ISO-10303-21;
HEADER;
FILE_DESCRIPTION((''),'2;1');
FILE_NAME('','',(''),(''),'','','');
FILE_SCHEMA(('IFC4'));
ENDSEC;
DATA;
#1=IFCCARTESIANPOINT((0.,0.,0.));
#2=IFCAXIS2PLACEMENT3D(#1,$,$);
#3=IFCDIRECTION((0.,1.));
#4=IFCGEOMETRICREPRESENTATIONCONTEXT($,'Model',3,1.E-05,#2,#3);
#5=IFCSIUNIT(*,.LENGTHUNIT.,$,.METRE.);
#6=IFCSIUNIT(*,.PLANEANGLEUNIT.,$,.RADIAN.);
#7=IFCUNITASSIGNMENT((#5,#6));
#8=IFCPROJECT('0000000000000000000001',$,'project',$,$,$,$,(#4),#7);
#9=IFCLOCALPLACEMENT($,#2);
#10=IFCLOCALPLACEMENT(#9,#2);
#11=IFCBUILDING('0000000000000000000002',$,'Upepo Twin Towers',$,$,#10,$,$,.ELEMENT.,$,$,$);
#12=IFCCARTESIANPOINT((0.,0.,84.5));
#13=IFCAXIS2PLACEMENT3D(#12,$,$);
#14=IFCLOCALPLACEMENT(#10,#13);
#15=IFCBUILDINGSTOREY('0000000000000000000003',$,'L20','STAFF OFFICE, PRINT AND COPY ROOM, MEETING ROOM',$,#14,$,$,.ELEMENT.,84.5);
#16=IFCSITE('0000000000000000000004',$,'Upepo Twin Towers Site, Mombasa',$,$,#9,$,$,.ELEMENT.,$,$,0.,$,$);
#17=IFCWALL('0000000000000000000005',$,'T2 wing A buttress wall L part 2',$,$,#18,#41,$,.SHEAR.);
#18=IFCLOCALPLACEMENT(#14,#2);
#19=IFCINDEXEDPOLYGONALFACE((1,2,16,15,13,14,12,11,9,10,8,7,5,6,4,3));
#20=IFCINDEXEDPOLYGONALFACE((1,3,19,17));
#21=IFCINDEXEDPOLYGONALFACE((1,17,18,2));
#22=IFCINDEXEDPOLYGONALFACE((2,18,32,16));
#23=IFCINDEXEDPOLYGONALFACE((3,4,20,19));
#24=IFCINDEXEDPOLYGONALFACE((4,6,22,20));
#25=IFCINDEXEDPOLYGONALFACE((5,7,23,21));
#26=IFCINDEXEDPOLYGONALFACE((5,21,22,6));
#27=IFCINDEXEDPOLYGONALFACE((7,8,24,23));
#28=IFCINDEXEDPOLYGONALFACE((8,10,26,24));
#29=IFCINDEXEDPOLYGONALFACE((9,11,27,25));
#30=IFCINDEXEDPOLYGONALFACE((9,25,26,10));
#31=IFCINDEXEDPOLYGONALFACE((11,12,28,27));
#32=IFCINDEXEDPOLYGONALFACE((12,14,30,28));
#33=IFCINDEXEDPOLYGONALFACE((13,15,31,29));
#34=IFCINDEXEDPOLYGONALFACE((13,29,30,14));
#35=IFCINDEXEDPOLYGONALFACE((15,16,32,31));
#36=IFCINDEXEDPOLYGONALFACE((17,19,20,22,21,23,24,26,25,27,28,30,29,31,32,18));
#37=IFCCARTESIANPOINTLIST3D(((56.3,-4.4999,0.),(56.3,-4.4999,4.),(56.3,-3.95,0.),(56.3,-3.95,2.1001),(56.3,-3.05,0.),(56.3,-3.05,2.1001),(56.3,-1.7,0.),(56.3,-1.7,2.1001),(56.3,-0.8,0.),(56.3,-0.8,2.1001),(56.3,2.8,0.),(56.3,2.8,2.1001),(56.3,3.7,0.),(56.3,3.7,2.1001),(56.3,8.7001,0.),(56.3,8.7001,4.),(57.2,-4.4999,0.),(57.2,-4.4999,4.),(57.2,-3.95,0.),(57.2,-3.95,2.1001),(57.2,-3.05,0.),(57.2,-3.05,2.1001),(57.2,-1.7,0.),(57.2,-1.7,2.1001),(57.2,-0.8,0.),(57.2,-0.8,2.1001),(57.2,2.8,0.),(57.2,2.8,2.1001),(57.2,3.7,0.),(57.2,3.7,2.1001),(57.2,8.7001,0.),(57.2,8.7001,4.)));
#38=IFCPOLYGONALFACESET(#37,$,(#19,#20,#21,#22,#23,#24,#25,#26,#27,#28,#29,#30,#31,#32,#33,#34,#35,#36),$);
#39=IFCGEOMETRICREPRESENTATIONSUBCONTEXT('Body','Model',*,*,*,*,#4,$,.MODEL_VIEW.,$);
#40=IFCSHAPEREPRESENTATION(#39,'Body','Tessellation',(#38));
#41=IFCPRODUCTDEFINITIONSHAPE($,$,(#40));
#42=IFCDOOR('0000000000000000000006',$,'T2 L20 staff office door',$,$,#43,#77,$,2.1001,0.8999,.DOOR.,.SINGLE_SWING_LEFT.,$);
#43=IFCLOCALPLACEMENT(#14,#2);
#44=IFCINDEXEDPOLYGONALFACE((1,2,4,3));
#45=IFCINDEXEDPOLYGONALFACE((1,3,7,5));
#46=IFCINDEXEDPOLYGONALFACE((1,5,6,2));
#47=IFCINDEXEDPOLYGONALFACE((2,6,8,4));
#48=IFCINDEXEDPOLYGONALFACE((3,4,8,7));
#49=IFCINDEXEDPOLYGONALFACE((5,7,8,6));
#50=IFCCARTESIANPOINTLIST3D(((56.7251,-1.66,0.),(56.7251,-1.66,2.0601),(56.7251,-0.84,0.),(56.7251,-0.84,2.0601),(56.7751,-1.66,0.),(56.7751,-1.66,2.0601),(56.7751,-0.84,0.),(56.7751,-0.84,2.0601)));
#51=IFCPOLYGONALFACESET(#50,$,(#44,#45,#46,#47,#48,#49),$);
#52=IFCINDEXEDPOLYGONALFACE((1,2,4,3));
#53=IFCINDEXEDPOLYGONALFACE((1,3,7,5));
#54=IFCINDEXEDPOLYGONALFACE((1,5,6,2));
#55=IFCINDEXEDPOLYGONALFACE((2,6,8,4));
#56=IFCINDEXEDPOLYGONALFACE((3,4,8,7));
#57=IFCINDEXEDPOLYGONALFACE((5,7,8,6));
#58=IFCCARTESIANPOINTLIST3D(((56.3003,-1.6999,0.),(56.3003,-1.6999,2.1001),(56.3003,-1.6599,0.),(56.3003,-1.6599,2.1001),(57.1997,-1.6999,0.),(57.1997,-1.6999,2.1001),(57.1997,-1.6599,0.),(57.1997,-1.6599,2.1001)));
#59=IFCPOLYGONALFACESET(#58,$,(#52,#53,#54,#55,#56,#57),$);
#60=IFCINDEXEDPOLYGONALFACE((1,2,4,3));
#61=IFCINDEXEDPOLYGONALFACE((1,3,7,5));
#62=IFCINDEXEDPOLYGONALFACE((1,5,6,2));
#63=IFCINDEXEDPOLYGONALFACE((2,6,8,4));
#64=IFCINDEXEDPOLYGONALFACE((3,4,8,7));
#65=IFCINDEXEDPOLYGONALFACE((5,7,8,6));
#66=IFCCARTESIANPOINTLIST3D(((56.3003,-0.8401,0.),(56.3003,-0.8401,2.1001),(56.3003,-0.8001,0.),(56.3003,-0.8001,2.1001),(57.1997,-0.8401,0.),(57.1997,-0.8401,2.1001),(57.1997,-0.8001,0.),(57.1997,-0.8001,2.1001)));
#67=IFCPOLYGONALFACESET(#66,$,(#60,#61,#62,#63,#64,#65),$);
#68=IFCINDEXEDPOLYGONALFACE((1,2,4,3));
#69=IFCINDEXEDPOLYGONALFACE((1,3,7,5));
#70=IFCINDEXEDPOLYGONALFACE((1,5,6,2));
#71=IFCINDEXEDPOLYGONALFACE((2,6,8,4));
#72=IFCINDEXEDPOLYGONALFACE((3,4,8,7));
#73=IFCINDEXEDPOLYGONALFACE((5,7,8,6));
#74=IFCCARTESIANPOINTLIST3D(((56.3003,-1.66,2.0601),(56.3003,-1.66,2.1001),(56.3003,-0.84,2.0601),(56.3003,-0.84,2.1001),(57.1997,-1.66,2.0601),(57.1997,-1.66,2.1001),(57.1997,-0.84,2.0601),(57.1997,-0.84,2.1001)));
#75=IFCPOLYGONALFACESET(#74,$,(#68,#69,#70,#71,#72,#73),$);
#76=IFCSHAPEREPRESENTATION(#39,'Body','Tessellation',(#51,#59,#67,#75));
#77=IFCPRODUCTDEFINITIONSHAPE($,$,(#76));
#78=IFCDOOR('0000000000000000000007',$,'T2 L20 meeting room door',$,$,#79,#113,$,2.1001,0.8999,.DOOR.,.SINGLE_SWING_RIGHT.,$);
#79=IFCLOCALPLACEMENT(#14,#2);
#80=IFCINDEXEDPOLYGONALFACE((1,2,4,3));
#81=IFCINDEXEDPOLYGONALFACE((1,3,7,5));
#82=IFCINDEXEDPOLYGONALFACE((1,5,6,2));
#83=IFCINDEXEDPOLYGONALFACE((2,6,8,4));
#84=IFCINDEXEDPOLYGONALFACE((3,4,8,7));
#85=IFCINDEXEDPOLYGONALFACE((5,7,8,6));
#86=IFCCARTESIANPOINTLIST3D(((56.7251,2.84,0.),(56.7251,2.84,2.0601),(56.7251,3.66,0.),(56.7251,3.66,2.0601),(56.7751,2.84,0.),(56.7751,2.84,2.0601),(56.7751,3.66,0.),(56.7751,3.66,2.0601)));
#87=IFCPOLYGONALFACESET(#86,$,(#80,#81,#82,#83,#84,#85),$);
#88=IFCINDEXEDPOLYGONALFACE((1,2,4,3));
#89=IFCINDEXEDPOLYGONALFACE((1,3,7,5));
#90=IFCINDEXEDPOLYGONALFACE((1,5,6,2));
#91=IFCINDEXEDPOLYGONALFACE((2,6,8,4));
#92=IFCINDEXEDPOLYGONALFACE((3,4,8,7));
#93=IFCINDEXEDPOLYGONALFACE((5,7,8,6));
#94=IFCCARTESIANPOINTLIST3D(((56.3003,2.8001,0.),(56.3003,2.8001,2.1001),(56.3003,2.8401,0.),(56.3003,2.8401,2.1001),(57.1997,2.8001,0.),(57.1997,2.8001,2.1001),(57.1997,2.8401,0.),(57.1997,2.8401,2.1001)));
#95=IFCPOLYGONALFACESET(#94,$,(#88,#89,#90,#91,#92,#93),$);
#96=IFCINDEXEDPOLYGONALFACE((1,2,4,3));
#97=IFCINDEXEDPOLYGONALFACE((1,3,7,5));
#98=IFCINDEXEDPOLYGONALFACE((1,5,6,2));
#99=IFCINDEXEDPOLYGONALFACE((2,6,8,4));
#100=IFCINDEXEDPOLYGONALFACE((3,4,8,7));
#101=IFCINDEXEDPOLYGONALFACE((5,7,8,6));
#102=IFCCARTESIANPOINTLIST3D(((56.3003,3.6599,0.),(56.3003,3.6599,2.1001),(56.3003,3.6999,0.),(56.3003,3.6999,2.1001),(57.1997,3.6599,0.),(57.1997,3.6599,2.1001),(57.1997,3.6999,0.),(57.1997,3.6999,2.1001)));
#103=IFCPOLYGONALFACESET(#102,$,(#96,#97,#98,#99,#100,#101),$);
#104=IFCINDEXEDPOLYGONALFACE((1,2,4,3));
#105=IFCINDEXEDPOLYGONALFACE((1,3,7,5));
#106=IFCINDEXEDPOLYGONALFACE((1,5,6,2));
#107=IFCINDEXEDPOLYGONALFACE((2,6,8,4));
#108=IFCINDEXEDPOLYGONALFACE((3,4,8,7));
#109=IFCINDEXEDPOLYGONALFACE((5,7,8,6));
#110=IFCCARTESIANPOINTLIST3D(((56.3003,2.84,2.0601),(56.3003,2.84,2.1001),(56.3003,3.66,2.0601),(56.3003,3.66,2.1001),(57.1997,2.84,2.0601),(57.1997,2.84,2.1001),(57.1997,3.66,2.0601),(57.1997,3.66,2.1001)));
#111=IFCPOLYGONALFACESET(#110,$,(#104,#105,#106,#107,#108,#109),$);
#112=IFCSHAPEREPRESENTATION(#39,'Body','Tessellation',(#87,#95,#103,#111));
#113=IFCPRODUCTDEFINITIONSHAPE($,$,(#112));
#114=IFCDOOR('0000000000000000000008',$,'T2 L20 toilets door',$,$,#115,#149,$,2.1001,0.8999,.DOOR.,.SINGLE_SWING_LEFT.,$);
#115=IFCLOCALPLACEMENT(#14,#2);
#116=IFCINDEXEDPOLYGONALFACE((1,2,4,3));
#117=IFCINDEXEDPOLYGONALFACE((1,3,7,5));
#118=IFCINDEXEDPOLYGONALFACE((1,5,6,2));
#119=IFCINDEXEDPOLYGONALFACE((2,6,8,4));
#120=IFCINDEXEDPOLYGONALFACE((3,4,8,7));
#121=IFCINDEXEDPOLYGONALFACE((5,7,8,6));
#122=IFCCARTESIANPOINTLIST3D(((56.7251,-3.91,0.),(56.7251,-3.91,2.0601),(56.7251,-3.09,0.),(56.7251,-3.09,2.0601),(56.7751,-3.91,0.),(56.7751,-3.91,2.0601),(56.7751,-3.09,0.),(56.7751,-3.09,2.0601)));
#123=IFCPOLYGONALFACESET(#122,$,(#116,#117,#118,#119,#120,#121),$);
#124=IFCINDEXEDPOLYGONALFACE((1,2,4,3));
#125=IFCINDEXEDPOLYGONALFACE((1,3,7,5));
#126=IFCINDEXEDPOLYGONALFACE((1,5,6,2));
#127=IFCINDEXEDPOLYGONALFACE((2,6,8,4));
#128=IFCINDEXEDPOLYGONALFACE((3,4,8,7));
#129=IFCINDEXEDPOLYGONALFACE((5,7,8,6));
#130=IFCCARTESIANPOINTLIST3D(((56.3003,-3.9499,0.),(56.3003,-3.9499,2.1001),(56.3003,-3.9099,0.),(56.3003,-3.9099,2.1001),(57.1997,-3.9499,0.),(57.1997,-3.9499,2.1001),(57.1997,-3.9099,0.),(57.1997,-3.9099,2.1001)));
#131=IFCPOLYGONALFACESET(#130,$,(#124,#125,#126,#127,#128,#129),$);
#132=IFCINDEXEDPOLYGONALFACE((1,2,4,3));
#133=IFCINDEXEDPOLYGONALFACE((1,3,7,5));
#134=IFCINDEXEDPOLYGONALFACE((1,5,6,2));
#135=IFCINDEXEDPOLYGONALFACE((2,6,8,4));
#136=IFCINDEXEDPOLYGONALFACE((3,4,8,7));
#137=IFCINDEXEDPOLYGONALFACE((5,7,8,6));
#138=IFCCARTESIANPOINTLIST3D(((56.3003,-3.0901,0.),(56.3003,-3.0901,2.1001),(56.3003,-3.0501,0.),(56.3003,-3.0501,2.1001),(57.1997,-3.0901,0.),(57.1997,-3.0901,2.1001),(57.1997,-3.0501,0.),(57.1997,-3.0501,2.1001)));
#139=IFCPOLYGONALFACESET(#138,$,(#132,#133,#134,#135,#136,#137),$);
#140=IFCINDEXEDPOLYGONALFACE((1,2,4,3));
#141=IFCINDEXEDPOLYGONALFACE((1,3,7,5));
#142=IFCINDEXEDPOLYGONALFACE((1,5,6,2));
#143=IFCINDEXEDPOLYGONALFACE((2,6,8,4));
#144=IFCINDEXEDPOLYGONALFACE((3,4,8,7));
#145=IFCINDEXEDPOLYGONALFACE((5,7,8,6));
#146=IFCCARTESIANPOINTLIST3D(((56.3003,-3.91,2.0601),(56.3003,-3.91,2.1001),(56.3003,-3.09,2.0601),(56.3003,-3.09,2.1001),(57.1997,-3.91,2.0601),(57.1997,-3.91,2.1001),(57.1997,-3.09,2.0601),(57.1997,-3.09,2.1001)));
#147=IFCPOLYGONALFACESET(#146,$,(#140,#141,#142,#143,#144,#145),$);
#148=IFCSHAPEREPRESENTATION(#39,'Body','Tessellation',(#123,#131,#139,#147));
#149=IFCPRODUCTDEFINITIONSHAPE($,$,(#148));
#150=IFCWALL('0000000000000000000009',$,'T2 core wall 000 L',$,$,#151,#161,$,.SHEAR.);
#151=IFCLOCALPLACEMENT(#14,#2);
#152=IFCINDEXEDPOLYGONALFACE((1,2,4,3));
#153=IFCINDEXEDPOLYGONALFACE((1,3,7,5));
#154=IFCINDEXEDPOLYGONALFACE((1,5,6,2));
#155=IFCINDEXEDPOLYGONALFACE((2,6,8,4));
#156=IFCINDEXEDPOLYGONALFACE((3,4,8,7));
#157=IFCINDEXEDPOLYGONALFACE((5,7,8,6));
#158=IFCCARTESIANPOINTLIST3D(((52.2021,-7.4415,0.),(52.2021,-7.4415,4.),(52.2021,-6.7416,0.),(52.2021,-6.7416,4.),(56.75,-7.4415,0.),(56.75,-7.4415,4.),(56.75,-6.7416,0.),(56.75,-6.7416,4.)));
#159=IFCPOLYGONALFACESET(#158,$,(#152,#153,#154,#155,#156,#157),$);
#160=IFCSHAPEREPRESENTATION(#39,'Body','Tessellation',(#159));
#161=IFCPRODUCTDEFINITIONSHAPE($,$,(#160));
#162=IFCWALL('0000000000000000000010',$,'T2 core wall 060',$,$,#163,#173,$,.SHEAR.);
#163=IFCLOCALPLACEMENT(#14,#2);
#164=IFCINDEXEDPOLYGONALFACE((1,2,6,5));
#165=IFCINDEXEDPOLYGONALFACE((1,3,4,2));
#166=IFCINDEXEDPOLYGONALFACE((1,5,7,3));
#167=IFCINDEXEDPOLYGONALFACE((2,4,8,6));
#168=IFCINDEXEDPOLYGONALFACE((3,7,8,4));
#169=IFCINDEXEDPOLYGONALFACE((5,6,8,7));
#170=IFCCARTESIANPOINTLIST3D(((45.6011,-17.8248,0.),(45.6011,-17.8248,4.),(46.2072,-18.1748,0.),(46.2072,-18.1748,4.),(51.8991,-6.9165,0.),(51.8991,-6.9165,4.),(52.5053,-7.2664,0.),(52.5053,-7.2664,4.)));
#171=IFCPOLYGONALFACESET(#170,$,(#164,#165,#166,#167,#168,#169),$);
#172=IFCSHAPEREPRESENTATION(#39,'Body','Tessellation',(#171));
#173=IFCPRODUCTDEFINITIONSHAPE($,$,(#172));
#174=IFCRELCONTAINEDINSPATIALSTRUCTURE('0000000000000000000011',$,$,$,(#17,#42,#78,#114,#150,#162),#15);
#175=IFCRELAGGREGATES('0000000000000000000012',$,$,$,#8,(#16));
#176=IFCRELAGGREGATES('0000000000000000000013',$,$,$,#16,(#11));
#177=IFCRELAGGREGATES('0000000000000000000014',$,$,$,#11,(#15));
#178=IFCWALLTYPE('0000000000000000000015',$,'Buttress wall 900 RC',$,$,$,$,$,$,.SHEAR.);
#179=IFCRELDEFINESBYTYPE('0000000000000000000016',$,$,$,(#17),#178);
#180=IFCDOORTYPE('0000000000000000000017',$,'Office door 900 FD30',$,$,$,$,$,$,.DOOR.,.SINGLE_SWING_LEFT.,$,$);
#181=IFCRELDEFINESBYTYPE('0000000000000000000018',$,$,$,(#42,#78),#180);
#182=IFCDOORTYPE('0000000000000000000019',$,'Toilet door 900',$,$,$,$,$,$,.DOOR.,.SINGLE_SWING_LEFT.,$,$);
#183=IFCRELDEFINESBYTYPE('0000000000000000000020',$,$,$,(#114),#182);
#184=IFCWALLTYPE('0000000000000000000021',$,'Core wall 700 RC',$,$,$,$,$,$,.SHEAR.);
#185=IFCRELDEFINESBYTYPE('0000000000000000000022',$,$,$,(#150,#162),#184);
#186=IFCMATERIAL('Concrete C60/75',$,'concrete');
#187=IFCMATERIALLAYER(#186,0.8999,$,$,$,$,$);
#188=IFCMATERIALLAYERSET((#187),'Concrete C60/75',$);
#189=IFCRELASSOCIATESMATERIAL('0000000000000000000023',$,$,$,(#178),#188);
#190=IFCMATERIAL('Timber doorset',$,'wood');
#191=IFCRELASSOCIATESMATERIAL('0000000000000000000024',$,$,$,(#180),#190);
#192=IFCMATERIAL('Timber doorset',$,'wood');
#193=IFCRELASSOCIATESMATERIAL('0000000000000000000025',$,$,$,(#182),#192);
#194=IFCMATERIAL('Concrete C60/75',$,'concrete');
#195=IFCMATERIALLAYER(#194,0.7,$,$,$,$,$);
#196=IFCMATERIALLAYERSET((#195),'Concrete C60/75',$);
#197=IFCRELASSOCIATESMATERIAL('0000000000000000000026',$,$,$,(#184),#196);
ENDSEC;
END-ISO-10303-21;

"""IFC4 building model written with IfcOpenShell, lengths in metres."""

from ifc_helpers import new_model, si_unit, direction, frame, frame_2d, origin, place, context, subcontext, project, spatial, rectangle, extrude, material, layer, layer_set, type_object, element, fill, save


model = new_model("IFC4")

# Units and contexts
model_context = context("Model", 3, precision=1e-05, world=origin(), true_north=direction((0.0, 1.0)))
body_context = subcontext(model_context, "Body", "Model", "MODEL_VIEW")
ifc_project = project(units=[si_unit("LENGTHUNIT", "METRE"), si_unit("PLANEANGLEUNIT", "RADIAN")], contexts=[model_context])

# Site, building, storey
site_placement = place(None, origin())
site = spatial("IfcSite", under=ifc_project, at=site_placement, Name="Upepo Twin Towers Site, Mombasa", CompositionType="ELEMENT", RefElevation=0.0)
building_placement = place(site_placement, origin())
building = spatial("IfcBuilding", under=site, at=building_placement, Name="Upepo Twin Towers", CompositionType="ELEMENT")
storey_placement = place(building_placement, frame((0.0, 0.0, 84.5)))
storey = spatial("IfcBuildingStorey", under=building, at=storey_placement, Name="L20", Description="STAFF OFFICE, PRINT AND COPY ROOM, MEETING ROOM", CompositionType="ELEMENT", Elevation=84.5)

# Wall, openings, doors
ifc_material_1 = material(Name="Concrete C60/75", Category="concrete")
ifc_layer_1 = layer(ifc_material_1, 0.8999)
ifc_layer_set_1 = layer_set([ifc_layer_1], Name="Concrete C60/75")
wall_type_1 = type_object("IfcWallType", Name="Buttress wall 900 RC", PredefinedType="SHEAR", material=ifc_layer_set_1)
wall_1_placement = place(storey_placement, frame((56.75, -4.5, 0.0), z_axis=(0.0, 0.0, 1.0), x_axis=(0.0, 1.0, 0.0)))
wall_1 = element("IfcWall", 1, at=wall_1_placement, inside=storey, type_object=wall_type_1, Name="T2 wing A buttress wall L part 2", PredefinedType="SHEAR", context=body_context, shape_type="SweptSolid", body=[
    extrude(rectangle(XDim=13.2, YDim=0.8999, at=frame_2d((6.6001, 0.0))), origin(), (0.0, 0.0, 1.0), 4.0),
])
opening_1_placement = place(wall_1_placement, frame((0.55, 0.0, 0.0)))
opening_1 = element("IfcOpeningElement", 2, at=opening_1_placement, cuts=wall_1, PredefinedType="OPENING", context=body_context, shape_type="SweptSolid", body=[
    extrude(rectangle(XDim=0.8999, YDim=2.1001, at=frame_2d((0.45, 1.05))), frame((0.0, 0.46, 0.0), z_axis=(0.0, -1.0, 0.0), x_axis=(1.0, 0.0, 0.0)), (0.0, 0.0, 1.0), 0.9199),
])
opening_2_placement = place(wall_1_placement, frame((2.8, 0.0, 0.0)))
opening_2 = element("IfcOpeningElement", 3, at=opening_2_placement, cuts=wall_1, PredefinedType="OPENING", context=body_context, shape_type="SweptSolid", body=[
    extrude(rectangle(XDim=0.8999, YDim=2.1001, at=frame_2d((0.45, 1.05))), frame((0.0, 0.46, 0.0), z_axis=(0.0, -1.0, 0.0), x_axis=(1.0, 0.0, 0.0)), (0.0, 0.0, 1.0), 0.9199),
])
opening_3_placement = place(wall_1_placement, frame((7.3, 0.0, 0.0)))
opening_3 = element("IfcOpeningElement", 4, at=opening_3_placement, cuts=wall_1, PredefinedType="OPENING", context=body_context, shape_type="SweptSolid", body=[
    extrude(rectangle(XDim=0.8999, YDim=2.1001, at=frame_2d((0.45, 1.05))), frame((0.0, 0.46, 0.0), z_axis=(0.0, -1.0, 0.0), x_axis=(1.0, 0.0, 0.0)), (0.0, 0.0, 1.0), 0.9199),
])
ifc_material_2 = material(Name="Timber doorset", Category="wood")
door_type_1 = type_object("IfcDoorType", Name="Office door 900 FD30", OperationType="SINGLE_SWING_LEFT", PredefinedType="DOOR", material=ifc_material_2)
door_1_placement = place(opening_2_placement, origin())
door_1 = element("IfcDoor", 5, at=door_1_placement, inside=storey, type_object=door_type_1, Name="T2 L20 staff office door", OperationType="SINGLE_SWING_LEFT", OverallHeight=2.1001, OverallWidth=0.8999, PredefinedType="DOOR", context=body_context, shape_type="SweptSolid", body=[
    extrude(rectangle(XDim=0.8199, YDim=2.0601, at=frame_2d((0.45, 1.03))), frame((0.0, 0.0249, 0.0), z_axis=(0.0, -1.0, 0.0), x_axis=(1.0, 0.0, 0.0)), (0.0, 0.0, 1.0), 0.05),
    extrude(rectangle(XDim=0.04, YDim=2.1001, at=frame_2d((0.02, 1.05))), frame((0.0, 0.4497, 0.0), z_axis=(0.0, -1.0, 0.0), x_axis=(1.0, 0.0, 0.0)), (0.0, 0.0, 1.0), 0.8994),
    extrude(rectangle(XDim=0.04, YDim=2.1001, at=frame_2d((0.8799, 1.05))), frame((0.0, 0.4497, 0.0), z_axis=(0.0, -1.0, 0.0), x_axis=(1.0, 0.0, 0.0)), (0.0, 0.0, 1.0), 0.8994),
    extrude(rectangle(XDim=0.8199, YDim=0.04, at=frame_2d((0.45, 2.0801))), frame((0.0, 0.4497, 0.0), z_axis=(0.0, -1.0, 0.0), x_axis=(1.0, 0.0, 0.0)), (0.0, 0.0, 1.0), 0.8994),
])
fill(opening_2, door_1)
door_2_placement = place(opening_3_placement, origin())
door_2 = element("IfcDoor", 6, at=door_2_placement, inside=storey, type_object=door_type_1, Name="T2 L20 meeting room door", OperationType="SINGLE_SWING_RIGHT", OverallHeight=2.1001, OverallWidth=0.8999, PredefinedType="DOOR", context=body_context, shape_type="SweptSolid", body=[
    extrude(rectangle(XDim=0.8199, YDim=2.0601, at=frame_2d((0.45, 1.03))), frame((0.0, 0.0249, 0.0), z_axis=(0.0, -1.0, 0.0), x_axis=(1.0, 0.0, 0.0)), (0.0, 0.0, 1.0), 0.05),
    extrude(rectangle(XDim=0.04, YDim=2.1001, at=frame_2d((0.02, 1.05))), frame((0.0, 0.4497, 0.0), z_axis=(0.0, -1.0, 0.0), x_axis=(1.0, 0.0, 0.0)), (0.0, 0.0, 1.0), 0.8994),
    extrude(rectangle(XDim=0.04, YDim=2.1001, at=frame_2d((0.8799, 1.05))), frame((0.0, 0.4497, 0.0), z_axis=(0.0, -1.0, 0.0), x_axis=(1.0, 0.0, 0.0)), (0.0, 0.0, 1.0), 0.8994),
    extrude(rectangle(XDim=0.8199, YDim=0.04, at=frame_2d((0.45, 2.0801))), frame((0.0, 0.4497, 0.0), z_axis=(0.0, -1.0, 0.0), x_axis=(1.0, 0.0, 0.0)), (0.0, 0.0, 1.0), 0.8994),
])
fill(opening_3, door_2)
ifc_material_3 = material(Name="Timber doorset", Category="wood")
door_type_2 = type_object("IfcDoorType", Name="Toilet door 900", OperationType="SINGLE_SWING_LEFT", PredefinedType="DOOR", material=ifc_material_3)
door_3_placement = place(opening_1_placement, origin())
door_3 = element("IfcDoor", 7, at=door_3_placement, inside=storey, type_object=door_type_2, Name="T2 L20 toilets door", OperationType="SINGLE_SWING_LEFT", OverallHeight=2.1001, OverallWidth=0.8999, PredefinedType="DOOR", context=body_context, shape_type="SweptSolid", body=[
    extrude(rectangle(XDim=0.8199, YDim=2.0601, at=frame_2d((0.45, 1.03))), frame((0.0, 0.0249, 0.0), z_axis=(0.0, -1.0, 0.0), x_axis=(1.0, 0.0, 0.0)), (0.0, 0.0, 1.0), 0.05),
    extrude(rectangle(XDim=0.04, YDim=2.1001, at=frame_2d((0.02, 1.05))), frame((0.0, 0.4497, 0.0), z_axis=(0.0, -1.0, 0.0), x_axis=(1.0, 0.0, 0.0)), (0.0, 0.0, 1.0), 0.8994),
    extrude(rectangle(XDim=0.04, YDim=2.1001, at=frame_2d((0.8799, 1.05))), frame((0.0, 0.4497, 0.0), z_axis=(0.0, -1.0, 0.0), x_axis=(1.0, 0.0, 0.0)), (0.0, 0.0, 1.0), 0.8994),
    extrude(rectangle(XDim=0.8199, YDim=0.04, at=frame_2d((0.45, 2.0801))), frame((0.0, 0.4497, 0.0), z_axis=(0.0, -1.0, 0.0), x_axis=(1.0, 0.0, 0.0)), (0.0, 0.0, 1.0), 0.8994),
])
fill(opening_1, door_3)

# Walls
ifc_material_4 = material(Name="Concrete C60/75", Category="concrete")
ifc_layer_2 = layer(ifc_material_4, 0.7)
ifc_layer_set_2 = layer_set([ifc_layer_2], Name="Concrete C60/75")
wall_type_2 = type_object("IfcWallType", Name="Core wall 700 RC", PredefinedType="SHEAR", material=ifc_layer_set_2)
wall_2_placement = place(storey_placement, frame((56.75, -7.0916, 0.0), z_axis=(0.0, 0.0, 1.0), x_axis=(-1.0, 0.0, 0.0)))
element("IfcWall", 8, at=wall_2_placement, inside=storey, type_object=wall_type_2, Name="T2 core wall 000 L", PredefinedType="SHEAR", context=body_context, shape_type="SweptSolid", body=[
    extrude(rectangle(XDim=4.5479, YDim=0.7, at=frame_2d((2.2739, 0.0))), origin(), (0.0, 0.0, 1.0), 4.0),
])
wall_3_placement = place(storey_placement, frame((52.2021, -7.0916, 0.0), z_axis=(0.0, 0.0, 1.0), x_axis=(-0.500006, -0.866022, 0.0)))
element("IfcWall", 9, at=wall_3_placement, inside=storey, type_object=wall_type_2, Name="T2 core wall 060", PredefinedType="SHEAR", context=body_context, shape_type="SweptSolid", body=[
    extrude(rectangle(XDim=12.5959, YDim=0.7, at=frame_2d((6.2979, 0.0))), origin(), (0.0, 0.0, 1.0), 4.0),
])

save(model, "model.ifc")
